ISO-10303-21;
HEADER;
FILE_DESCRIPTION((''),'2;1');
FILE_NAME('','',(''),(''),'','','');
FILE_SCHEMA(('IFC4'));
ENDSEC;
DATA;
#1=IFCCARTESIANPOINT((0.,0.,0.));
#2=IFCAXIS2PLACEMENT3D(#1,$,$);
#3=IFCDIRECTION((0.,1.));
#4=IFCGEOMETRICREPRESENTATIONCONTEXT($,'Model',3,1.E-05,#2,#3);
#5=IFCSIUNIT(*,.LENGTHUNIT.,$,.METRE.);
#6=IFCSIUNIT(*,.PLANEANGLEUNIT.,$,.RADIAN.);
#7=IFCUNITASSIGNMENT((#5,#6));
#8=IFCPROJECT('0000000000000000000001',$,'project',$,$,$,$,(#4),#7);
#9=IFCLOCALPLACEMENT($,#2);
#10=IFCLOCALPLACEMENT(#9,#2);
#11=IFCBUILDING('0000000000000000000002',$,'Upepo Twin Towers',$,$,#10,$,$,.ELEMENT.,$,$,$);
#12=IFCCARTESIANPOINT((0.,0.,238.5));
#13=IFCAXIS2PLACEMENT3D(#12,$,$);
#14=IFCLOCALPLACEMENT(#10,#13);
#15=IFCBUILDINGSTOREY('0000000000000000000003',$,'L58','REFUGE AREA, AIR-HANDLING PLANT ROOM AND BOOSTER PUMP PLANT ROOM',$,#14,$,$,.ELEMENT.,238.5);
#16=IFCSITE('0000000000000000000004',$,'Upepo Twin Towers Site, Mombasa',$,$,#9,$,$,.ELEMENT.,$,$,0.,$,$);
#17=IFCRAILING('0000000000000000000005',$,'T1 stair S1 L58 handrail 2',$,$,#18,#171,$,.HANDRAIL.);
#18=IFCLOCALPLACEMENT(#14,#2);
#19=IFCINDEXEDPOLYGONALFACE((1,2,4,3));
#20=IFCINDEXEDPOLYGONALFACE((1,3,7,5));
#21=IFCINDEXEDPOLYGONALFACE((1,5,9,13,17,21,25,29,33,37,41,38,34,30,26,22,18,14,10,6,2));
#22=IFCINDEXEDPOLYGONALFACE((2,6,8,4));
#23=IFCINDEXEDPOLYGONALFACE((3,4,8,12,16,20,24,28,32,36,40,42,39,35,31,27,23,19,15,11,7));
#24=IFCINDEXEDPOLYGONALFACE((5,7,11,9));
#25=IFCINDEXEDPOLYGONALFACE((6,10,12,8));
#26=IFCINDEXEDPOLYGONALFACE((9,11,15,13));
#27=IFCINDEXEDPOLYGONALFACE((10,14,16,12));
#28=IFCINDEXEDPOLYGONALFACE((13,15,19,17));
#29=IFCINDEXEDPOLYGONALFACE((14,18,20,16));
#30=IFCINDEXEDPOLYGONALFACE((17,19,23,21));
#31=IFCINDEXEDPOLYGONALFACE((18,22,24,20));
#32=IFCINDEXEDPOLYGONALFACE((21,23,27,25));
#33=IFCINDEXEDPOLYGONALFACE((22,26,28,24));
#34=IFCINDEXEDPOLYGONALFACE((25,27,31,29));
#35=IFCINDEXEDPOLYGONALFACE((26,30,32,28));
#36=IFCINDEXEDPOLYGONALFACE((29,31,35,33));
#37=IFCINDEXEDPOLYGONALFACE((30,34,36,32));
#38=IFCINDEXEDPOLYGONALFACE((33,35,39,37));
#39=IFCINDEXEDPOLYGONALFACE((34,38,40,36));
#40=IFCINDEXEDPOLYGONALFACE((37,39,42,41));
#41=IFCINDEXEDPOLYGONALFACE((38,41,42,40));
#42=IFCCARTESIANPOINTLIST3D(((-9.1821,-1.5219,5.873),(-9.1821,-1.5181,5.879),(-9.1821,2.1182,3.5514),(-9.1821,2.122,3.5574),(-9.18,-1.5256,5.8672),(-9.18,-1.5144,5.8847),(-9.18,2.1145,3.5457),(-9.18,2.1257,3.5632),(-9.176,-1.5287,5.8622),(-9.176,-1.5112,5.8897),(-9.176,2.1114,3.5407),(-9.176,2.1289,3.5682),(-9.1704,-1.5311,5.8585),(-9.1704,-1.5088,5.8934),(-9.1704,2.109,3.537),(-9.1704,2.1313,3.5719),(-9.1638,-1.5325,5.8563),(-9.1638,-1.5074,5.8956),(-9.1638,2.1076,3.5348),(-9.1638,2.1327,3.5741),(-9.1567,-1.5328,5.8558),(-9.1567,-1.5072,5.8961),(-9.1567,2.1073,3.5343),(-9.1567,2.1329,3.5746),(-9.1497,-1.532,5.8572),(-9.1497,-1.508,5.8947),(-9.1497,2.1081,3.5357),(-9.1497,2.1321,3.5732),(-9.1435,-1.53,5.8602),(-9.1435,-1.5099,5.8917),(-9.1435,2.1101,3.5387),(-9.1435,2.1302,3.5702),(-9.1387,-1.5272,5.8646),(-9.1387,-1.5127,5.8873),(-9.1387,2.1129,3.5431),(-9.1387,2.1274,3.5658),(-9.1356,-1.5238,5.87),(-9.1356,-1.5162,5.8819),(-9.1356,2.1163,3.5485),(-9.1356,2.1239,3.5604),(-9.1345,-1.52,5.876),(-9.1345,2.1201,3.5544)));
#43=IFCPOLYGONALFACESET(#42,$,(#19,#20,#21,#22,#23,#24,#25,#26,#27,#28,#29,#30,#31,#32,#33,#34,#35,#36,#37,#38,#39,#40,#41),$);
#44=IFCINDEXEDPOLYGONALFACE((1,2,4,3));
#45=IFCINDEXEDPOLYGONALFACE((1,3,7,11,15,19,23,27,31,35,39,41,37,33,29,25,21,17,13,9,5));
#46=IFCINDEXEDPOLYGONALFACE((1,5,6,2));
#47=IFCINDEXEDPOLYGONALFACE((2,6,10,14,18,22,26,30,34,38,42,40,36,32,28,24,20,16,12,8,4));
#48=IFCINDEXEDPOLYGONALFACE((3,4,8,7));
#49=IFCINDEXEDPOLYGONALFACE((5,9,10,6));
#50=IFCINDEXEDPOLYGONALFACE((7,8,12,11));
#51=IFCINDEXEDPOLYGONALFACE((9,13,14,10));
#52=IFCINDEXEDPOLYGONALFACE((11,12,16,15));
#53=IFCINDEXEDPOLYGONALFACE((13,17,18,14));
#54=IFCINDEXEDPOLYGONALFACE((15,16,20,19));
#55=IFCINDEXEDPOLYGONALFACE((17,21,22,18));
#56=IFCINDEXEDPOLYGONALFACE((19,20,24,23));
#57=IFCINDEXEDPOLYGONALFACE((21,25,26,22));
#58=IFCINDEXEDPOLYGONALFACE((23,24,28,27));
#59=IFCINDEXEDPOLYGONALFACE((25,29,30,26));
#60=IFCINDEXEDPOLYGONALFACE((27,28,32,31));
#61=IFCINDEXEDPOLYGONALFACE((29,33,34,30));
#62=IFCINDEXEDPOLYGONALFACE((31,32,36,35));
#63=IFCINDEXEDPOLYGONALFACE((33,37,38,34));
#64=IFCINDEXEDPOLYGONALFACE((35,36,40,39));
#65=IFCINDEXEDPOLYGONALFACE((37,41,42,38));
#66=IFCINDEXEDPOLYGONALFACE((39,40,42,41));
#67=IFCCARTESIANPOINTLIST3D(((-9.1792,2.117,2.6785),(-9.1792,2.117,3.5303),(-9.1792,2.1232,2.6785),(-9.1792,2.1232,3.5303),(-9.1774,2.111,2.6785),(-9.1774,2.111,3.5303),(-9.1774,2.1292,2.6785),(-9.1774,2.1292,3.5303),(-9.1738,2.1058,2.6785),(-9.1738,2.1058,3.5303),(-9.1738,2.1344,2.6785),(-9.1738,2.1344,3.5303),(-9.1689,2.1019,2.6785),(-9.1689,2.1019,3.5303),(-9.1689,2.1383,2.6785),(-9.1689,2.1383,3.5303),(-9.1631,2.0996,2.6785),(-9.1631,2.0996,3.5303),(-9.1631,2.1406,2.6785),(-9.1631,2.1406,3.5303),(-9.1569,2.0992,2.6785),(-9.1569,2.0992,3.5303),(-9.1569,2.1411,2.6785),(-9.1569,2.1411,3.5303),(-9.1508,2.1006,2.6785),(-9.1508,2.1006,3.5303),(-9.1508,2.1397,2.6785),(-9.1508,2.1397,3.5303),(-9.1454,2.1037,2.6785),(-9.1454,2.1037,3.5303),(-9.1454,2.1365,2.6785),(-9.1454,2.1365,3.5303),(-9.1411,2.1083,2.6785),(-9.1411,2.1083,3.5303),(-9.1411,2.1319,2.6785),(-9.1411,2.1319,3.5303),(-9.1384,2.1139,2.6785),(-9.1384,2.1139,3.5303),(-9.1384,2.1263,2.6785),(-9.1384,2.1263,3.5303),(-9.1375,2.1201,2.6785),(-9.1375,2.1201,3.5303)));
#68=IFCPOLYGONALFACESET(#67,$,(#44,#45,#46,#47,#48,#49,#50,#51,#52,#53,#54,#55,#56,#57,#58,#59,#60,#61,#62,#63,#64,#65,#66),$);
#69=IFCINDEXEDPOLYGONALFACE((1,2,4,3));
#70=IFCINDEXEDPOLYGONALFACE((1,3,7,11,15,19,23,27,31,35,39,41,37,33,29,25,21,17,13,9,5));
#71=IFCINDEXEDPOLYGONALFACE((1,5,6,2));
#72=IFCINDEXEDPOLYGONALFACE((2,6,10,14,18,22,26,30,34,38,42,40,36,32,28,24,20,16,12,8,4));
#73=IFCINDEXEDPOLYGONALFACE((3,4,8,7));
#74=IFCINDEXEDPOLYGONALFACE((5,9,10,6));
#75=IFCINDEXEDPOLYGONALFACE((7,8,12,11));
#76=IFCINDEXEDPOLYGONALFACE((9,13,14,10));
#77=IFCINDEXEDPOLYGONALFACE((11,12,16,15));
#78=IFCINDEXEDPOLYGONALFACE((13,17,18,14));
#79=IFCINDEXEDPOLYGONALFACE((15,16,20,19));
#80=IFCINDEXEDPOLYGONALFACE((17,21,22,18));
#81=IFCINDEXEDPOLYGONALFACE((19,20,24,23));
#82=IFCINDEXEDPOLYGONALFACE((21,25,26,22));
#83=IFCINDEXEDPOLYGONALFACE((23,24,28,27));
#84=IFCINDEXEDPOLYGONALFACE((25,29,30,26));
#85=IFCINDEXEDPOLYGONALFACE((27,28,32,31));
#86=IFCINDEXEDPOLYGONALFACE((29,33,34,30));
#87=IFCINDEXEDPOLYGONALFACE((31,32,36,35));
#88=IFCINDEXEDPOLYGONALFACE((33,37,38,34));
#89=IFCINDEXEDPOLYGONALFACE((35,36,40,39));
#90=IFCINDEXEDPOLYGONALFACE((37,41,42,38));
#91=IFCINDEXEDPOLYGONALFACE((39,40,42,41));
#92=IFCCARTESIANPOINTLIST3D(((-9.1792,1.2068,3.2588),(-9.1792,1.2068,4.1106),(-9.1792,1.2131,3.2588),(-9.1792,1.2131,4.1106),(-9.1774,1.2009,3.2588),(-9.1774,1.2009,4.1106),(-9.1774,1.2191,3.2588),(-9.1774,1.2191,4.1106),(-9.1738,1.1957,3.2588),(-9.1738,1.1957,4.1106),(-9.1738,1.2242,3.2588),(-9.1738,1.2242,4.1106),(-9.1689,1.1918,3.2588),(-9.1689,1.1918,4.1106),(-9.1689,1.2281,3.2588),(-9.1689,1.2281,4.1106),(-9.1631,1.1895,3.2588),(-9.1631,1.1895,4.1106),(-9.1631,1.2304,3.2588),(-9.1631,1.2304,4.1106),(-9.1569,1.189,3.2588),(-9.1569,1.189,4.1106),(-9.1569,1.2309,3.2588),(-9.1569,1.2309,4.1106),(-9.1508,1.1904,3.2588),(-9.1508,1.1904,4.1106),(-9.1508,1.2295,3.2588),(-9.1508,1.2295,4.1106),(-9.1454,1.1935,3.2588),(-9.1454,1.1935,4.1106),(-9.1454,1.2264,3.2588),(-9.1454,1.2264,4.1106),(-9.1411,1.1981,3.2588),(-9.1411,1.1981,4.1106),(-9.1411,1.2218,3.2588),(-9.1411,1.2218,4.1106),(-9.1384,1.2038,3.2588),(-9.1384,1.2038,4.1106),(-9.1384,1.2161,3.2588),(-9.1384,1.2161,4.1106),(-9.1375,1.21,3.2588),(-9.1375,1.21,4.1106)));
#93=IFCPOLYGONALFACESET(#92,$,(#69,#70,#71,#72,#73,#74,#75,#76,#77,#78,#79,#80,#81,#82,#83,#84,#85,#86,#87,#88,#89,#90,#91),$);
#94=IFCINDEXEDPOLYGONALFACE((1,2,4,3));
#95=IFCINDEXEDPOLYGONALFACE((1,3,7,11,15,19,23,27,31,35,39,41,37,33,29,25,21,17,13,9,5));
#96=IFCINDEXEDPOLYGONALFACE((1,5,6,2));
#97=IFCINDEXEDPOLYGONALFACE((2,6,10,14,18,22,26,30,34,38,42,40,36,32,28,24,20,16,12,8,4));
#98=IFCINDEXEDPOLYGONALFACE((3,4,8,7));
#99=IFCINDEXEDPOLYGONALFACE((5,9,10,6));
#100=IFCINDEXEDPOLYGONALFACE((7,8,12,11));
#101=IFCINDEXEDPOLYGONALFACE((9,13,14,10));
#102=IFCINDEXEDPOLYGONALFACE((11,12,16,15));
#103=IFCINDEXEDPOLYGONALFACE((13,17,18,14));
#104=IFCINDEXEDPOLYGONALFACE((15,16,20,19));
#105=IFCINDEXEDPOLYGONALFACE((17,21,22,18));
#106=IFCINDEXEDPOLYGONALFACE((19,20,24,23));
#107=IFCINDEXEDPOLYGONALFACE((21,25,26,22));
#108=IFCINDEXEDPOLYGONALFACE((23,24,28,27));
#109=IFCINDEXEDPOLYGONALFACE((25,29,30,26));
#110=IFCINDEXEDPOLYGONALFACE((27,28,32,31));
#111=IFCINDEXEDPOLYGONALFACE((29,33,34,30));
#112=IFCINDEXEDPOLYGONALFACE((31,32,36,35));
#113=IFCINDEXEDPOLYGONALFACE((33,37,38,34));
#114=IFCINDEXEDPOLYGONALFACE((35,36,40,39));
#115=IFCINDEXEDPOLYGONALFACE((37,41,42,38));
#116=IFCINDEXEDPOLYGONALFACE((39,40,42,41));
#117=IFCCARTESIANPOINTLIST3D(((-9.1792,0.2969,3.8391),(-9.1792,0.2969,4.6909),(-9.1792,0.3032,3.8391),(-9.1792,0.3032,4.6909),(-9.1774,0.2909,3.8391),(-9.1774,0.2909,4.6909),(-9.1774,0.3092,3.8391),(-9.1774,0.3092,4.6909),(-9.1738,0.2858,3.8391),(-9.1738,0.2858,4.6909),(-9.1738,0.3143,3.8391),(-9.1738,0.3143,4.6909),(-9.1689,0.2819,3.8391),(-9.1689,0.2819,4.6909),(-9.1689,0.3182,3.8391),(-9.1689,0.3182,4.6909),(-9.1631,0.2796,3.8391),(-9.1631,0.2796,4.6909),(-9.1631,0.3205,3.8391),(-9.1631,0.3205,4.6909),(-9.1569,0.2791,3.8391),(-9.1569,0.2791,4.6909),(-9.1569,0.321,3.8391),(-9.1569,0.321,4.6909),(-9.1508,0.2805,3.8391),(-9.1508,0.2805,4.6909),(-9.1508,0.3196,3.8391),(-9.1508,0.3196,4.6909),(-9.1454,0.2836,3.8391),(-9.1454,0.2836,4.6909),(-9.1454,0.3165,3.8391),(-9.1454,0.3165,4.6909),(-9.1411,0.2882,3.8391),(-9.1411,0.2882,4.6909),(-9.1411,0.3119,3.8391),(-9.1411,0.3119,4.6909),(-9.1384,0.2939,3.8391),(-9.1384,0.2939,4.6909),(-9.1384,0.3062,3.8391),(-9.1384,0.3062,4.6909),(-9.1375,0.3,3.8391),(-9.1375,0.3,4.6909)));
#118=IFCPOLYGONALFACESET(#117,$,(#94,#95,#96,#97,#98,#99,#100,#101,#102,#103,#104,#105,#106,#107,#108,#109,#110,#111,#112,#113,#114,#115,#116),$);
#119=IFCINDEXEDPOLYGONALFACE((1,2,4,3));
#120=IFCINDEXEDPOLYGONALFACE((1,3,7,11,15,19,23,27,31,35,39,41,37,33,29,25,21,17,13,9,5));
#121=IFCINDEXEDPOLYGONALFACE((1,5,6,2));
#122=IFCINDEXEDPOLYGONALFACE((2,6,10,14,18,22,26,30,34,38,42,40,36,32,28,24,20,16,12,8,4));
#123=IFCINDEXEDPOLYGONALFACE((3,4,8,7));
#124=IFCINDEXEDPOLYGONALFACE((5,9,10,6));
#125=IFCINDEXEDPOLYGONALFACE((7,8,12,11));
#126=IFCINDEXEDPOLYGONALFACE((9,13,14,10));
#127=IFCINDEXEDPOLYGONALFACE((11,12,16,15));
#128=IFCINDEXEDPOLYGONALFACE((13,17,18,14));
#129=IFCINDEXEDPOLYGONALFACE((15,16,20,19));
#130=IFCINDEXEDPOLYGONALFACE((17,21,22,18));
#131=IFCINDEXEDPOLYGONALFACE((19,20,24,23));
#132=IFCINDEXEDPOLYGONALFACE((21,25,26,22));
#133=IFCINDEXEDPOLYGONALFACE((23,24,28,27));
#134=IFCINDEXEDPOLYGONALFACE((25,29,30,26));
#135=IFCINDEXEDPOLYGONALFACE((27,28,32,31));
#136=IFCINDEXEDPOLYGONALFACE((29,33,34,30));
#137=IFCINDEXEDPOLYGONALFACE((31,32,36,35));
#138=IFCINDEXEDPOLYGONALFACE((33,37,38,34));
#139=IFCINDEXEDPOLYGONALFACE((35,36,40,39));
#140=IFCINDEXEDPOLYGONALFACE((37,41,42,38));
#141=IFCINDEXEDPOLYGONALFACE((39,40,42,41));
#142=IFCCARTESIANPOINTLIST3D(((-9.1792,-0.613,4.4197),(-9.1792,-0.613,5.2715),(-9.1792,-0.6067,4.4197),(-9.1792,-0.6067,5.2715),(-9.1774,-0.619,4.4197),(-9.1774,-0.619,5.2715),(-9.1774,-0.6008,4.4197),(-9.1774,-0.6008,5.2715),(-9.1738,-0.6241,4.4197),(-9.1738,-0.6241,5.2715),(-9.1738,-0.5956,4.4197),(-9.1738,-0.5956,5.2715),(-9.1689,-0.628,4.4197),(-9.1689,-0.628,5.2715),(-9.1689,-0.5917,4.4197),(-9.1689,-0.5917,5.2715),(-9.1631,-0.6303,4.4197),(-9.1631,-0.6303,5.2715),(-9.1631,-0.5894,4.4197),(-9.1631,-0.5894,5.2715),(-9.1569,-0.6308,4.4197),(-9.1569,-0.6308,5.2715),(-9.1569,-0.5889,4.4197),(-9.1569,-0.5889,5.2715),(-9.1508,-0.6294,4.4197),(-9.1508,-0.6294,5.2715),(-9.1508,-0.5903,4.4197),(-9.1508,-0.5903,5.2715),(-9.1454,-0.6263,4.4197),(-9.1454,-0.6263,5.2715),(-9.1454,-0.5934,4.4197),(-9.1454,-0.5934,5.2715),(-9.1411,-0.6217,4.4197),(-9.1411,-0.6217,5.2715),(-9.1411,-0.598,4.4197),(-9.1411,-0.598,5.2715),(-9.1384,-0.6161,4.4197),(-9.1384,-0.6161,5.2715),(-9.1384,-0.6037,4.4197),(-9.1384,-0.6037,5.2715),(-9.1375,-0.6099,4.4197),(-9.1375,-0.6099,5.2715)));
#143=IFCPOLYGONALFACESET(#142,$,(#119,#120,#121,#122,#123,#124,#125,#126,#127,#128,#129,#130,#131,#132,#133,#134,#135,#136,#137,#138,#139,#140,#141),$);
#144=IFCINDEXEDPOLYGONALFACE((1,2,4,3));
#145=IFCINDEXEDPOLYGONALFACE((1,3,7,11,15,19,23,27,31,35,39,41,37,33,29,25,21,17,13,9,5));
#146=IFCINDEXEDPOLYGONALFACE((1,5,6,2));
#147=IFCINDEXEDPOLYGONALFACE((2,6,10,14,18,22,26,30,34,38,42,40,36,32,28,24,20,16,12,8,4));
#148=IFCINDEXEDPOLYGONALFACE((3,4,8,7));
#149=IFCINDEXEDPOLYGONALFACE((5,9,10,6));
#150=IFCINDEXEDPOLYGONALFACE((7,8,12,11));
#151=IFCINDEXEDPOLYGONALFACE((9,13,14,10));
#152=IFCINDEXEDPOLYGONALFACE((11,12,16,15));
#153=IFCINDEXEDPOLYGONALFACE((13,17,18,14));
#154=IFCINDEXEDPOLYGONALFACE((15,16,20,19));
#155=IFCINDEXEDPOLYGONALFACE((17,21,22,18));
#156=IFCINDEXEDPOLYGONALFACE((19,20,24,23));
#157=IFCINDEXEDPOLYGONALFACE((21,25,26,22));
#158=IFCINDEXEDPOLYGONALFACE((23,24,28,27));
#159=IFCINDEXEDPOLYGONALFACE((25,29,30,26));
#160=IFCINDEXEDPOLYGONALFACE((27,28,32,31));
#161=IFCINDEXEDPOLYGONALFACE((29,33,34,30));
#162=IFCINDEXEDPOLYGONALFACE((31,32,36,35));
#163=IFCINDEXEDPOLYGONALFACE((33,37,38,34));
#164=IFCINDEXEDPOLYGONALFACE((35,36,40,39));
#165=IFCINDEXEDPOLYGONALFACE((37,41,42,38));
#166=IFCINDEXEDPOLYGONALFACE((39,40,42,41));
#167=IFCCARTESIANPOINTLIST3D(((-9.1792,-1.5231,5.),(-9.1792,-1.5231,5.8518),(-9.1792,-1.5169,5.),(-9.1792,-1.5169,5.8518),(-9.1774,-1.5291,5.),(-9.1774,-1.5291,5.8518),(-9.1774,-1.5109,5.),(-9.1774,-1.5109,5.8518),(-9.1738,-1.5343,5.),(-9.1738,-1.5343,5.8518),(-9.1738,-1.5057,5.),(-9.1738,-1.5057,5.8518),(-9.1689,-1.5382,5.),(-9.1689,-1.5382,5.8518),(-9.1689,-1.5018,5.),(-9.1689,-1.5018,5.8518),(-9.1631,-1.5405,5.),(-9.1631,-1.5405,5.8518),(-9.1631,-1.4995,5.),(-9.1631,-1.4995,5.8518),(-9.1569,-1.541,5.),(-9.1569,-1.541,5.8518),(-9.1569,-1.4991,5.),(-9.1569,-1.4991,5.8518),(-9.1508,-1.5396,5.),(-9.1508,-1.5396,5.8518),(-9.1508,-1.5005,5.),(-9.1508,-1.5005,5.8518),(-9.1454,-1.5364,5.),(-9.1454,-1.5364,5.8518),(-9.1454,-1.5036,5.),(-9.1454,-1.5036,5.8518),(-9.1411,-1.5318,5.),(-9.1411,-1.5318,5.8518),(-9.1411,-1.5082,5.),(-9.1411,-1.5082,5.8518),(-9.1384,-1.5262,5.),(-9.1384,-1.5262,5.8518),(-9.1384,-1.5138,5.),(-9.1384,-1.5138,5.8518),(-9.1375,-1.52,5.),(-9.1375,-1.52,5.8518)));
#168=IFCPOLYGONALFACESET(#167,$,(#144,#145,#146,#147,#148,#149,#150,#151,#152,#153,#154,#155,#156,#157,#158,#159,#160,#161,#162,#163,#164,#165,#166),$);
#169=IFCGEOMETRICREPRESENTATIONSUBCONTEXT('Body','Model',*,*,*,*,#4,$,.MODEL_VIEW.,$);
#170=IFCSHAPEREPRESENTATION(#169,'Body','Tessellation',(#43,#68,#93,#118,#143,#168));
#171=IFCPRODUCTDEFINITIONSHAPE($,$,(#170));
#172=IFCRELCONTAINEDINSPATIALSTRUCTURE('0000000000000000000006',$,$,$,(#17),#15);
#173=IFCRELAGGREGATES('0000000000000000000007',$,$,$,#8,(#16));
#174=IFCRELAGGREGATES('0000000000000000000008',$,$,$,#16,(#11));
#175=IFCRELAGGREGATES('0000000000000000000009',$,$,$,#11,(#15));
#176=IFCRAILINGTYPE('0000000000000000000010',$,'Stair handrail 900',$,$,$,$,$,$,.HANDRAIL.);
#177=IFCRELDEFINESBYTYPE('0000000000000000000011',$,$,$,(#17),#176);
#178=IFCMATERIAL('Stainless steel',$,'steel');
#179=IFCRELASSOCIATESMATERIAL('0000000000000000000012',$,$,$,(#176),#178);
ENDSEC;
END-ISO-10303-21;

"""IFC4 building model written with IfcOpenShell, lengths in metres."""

from ifc_helpers import new_model, si_unit, direction, frame, origin, origin_2d, place, context, subcontext, project, spatial, circle, extrude, material, type_object, element, save


model = new_model("IFC4")

# Units and contexts
model_context = context("Model", 3, precision=1e-05, world=origin(), true_north=direction((0.0, 1.0)))
body_context = subcontext(model_context, "Body", "Model", "MODEL_VIEW")
ifc_project = project(units=[si_unit("LENGTHUNIT", "METRE"), si_unit("PLANEANGLEUNIT", "RADIAN")], contexts=[model_context])

# Site, building, storey
site_placement = place(None, origin())
site = spatial("IfcSite", under=ifc_project, at=site_placement, Name="Upepo Twin Towers Site, Mombasa", CompositionType="ELEMENT", RefElevation=0.0)
building_placement = place(site_placement, origin())
building = spatial("IfcBuilding", under=site, at=building_placement, Name="Upepo Twin Towers", CompositionType="ELEMENT")
storey_placement = place(building_placement, frame((0.0, 0.0, 238.5)))
storey = spatial("IfcBuildingStorey", under=building, at=storey_placement, Name="L58", Description="REFUGE AREA, AIR-HANDLING PLANT ROOM AND BOOSTER PUMP PLANT ROOM", CompositionType="ELEMENT", Elevation=238.5)

# Railing
ifc_material_1 = material(Name="Stainless steel", Category="steel")
railing_type_1 = type_object("IfcRailingType", Name="Stair handrail 900", PredefinedType="HANDRAIL", material=ifc_material_1)
railing_1_placement = place(storey_placement, frame((-9.1584, 2.1201, 2.6785)))
element("IfcRailing", 1, at=railing_1_placement, inside=storey, type_object=railing_type_1, Name="T1 stair S1 L58 handrail 2", PredefinedType="HANDRAIL", context=body_context, shape_type="SweptSolid", body=[
    extrude(circle(Radius=0.0239, at=origin_2d()), frame((0.0, 0.0, 0.876), z_axis=(0.0, -0.843128, 0.537713), x_axis=(1.0, 0.0, 0.0)), (0.0, 0.0, 1.0), 4.3174),
    extrude(circle(Radius=0.021, at=origin_2d()), origin(), (0.0, 0.0, 1.0), 0.8518),
    extrude(circle(Radius=0.021, at=origin_2d()), frame((0.0, -0.9102, 0.5803)), (0.0, 0.0, 1.0), 0.8518),
    extrude(circle(Radius=0.021, at=origin_2d()), frame((0.0, -1.8201, 1.1606)), (0.0, 0.0, 1.0), 0.8518),
    extrude(circle(Radius=0.021, at=origin_2d()), frame((0.0, -2.73, 1.7412)), (0.0, 0.0, 1.0), 0.8518),
    extrude(circle(Radius=0.021, at=origin_2d()), frame((0.0, -3.6401, 2.3215)), (0.0, 0.0, 1.0), 0.8518),
])

save(model, "model.ifc")
